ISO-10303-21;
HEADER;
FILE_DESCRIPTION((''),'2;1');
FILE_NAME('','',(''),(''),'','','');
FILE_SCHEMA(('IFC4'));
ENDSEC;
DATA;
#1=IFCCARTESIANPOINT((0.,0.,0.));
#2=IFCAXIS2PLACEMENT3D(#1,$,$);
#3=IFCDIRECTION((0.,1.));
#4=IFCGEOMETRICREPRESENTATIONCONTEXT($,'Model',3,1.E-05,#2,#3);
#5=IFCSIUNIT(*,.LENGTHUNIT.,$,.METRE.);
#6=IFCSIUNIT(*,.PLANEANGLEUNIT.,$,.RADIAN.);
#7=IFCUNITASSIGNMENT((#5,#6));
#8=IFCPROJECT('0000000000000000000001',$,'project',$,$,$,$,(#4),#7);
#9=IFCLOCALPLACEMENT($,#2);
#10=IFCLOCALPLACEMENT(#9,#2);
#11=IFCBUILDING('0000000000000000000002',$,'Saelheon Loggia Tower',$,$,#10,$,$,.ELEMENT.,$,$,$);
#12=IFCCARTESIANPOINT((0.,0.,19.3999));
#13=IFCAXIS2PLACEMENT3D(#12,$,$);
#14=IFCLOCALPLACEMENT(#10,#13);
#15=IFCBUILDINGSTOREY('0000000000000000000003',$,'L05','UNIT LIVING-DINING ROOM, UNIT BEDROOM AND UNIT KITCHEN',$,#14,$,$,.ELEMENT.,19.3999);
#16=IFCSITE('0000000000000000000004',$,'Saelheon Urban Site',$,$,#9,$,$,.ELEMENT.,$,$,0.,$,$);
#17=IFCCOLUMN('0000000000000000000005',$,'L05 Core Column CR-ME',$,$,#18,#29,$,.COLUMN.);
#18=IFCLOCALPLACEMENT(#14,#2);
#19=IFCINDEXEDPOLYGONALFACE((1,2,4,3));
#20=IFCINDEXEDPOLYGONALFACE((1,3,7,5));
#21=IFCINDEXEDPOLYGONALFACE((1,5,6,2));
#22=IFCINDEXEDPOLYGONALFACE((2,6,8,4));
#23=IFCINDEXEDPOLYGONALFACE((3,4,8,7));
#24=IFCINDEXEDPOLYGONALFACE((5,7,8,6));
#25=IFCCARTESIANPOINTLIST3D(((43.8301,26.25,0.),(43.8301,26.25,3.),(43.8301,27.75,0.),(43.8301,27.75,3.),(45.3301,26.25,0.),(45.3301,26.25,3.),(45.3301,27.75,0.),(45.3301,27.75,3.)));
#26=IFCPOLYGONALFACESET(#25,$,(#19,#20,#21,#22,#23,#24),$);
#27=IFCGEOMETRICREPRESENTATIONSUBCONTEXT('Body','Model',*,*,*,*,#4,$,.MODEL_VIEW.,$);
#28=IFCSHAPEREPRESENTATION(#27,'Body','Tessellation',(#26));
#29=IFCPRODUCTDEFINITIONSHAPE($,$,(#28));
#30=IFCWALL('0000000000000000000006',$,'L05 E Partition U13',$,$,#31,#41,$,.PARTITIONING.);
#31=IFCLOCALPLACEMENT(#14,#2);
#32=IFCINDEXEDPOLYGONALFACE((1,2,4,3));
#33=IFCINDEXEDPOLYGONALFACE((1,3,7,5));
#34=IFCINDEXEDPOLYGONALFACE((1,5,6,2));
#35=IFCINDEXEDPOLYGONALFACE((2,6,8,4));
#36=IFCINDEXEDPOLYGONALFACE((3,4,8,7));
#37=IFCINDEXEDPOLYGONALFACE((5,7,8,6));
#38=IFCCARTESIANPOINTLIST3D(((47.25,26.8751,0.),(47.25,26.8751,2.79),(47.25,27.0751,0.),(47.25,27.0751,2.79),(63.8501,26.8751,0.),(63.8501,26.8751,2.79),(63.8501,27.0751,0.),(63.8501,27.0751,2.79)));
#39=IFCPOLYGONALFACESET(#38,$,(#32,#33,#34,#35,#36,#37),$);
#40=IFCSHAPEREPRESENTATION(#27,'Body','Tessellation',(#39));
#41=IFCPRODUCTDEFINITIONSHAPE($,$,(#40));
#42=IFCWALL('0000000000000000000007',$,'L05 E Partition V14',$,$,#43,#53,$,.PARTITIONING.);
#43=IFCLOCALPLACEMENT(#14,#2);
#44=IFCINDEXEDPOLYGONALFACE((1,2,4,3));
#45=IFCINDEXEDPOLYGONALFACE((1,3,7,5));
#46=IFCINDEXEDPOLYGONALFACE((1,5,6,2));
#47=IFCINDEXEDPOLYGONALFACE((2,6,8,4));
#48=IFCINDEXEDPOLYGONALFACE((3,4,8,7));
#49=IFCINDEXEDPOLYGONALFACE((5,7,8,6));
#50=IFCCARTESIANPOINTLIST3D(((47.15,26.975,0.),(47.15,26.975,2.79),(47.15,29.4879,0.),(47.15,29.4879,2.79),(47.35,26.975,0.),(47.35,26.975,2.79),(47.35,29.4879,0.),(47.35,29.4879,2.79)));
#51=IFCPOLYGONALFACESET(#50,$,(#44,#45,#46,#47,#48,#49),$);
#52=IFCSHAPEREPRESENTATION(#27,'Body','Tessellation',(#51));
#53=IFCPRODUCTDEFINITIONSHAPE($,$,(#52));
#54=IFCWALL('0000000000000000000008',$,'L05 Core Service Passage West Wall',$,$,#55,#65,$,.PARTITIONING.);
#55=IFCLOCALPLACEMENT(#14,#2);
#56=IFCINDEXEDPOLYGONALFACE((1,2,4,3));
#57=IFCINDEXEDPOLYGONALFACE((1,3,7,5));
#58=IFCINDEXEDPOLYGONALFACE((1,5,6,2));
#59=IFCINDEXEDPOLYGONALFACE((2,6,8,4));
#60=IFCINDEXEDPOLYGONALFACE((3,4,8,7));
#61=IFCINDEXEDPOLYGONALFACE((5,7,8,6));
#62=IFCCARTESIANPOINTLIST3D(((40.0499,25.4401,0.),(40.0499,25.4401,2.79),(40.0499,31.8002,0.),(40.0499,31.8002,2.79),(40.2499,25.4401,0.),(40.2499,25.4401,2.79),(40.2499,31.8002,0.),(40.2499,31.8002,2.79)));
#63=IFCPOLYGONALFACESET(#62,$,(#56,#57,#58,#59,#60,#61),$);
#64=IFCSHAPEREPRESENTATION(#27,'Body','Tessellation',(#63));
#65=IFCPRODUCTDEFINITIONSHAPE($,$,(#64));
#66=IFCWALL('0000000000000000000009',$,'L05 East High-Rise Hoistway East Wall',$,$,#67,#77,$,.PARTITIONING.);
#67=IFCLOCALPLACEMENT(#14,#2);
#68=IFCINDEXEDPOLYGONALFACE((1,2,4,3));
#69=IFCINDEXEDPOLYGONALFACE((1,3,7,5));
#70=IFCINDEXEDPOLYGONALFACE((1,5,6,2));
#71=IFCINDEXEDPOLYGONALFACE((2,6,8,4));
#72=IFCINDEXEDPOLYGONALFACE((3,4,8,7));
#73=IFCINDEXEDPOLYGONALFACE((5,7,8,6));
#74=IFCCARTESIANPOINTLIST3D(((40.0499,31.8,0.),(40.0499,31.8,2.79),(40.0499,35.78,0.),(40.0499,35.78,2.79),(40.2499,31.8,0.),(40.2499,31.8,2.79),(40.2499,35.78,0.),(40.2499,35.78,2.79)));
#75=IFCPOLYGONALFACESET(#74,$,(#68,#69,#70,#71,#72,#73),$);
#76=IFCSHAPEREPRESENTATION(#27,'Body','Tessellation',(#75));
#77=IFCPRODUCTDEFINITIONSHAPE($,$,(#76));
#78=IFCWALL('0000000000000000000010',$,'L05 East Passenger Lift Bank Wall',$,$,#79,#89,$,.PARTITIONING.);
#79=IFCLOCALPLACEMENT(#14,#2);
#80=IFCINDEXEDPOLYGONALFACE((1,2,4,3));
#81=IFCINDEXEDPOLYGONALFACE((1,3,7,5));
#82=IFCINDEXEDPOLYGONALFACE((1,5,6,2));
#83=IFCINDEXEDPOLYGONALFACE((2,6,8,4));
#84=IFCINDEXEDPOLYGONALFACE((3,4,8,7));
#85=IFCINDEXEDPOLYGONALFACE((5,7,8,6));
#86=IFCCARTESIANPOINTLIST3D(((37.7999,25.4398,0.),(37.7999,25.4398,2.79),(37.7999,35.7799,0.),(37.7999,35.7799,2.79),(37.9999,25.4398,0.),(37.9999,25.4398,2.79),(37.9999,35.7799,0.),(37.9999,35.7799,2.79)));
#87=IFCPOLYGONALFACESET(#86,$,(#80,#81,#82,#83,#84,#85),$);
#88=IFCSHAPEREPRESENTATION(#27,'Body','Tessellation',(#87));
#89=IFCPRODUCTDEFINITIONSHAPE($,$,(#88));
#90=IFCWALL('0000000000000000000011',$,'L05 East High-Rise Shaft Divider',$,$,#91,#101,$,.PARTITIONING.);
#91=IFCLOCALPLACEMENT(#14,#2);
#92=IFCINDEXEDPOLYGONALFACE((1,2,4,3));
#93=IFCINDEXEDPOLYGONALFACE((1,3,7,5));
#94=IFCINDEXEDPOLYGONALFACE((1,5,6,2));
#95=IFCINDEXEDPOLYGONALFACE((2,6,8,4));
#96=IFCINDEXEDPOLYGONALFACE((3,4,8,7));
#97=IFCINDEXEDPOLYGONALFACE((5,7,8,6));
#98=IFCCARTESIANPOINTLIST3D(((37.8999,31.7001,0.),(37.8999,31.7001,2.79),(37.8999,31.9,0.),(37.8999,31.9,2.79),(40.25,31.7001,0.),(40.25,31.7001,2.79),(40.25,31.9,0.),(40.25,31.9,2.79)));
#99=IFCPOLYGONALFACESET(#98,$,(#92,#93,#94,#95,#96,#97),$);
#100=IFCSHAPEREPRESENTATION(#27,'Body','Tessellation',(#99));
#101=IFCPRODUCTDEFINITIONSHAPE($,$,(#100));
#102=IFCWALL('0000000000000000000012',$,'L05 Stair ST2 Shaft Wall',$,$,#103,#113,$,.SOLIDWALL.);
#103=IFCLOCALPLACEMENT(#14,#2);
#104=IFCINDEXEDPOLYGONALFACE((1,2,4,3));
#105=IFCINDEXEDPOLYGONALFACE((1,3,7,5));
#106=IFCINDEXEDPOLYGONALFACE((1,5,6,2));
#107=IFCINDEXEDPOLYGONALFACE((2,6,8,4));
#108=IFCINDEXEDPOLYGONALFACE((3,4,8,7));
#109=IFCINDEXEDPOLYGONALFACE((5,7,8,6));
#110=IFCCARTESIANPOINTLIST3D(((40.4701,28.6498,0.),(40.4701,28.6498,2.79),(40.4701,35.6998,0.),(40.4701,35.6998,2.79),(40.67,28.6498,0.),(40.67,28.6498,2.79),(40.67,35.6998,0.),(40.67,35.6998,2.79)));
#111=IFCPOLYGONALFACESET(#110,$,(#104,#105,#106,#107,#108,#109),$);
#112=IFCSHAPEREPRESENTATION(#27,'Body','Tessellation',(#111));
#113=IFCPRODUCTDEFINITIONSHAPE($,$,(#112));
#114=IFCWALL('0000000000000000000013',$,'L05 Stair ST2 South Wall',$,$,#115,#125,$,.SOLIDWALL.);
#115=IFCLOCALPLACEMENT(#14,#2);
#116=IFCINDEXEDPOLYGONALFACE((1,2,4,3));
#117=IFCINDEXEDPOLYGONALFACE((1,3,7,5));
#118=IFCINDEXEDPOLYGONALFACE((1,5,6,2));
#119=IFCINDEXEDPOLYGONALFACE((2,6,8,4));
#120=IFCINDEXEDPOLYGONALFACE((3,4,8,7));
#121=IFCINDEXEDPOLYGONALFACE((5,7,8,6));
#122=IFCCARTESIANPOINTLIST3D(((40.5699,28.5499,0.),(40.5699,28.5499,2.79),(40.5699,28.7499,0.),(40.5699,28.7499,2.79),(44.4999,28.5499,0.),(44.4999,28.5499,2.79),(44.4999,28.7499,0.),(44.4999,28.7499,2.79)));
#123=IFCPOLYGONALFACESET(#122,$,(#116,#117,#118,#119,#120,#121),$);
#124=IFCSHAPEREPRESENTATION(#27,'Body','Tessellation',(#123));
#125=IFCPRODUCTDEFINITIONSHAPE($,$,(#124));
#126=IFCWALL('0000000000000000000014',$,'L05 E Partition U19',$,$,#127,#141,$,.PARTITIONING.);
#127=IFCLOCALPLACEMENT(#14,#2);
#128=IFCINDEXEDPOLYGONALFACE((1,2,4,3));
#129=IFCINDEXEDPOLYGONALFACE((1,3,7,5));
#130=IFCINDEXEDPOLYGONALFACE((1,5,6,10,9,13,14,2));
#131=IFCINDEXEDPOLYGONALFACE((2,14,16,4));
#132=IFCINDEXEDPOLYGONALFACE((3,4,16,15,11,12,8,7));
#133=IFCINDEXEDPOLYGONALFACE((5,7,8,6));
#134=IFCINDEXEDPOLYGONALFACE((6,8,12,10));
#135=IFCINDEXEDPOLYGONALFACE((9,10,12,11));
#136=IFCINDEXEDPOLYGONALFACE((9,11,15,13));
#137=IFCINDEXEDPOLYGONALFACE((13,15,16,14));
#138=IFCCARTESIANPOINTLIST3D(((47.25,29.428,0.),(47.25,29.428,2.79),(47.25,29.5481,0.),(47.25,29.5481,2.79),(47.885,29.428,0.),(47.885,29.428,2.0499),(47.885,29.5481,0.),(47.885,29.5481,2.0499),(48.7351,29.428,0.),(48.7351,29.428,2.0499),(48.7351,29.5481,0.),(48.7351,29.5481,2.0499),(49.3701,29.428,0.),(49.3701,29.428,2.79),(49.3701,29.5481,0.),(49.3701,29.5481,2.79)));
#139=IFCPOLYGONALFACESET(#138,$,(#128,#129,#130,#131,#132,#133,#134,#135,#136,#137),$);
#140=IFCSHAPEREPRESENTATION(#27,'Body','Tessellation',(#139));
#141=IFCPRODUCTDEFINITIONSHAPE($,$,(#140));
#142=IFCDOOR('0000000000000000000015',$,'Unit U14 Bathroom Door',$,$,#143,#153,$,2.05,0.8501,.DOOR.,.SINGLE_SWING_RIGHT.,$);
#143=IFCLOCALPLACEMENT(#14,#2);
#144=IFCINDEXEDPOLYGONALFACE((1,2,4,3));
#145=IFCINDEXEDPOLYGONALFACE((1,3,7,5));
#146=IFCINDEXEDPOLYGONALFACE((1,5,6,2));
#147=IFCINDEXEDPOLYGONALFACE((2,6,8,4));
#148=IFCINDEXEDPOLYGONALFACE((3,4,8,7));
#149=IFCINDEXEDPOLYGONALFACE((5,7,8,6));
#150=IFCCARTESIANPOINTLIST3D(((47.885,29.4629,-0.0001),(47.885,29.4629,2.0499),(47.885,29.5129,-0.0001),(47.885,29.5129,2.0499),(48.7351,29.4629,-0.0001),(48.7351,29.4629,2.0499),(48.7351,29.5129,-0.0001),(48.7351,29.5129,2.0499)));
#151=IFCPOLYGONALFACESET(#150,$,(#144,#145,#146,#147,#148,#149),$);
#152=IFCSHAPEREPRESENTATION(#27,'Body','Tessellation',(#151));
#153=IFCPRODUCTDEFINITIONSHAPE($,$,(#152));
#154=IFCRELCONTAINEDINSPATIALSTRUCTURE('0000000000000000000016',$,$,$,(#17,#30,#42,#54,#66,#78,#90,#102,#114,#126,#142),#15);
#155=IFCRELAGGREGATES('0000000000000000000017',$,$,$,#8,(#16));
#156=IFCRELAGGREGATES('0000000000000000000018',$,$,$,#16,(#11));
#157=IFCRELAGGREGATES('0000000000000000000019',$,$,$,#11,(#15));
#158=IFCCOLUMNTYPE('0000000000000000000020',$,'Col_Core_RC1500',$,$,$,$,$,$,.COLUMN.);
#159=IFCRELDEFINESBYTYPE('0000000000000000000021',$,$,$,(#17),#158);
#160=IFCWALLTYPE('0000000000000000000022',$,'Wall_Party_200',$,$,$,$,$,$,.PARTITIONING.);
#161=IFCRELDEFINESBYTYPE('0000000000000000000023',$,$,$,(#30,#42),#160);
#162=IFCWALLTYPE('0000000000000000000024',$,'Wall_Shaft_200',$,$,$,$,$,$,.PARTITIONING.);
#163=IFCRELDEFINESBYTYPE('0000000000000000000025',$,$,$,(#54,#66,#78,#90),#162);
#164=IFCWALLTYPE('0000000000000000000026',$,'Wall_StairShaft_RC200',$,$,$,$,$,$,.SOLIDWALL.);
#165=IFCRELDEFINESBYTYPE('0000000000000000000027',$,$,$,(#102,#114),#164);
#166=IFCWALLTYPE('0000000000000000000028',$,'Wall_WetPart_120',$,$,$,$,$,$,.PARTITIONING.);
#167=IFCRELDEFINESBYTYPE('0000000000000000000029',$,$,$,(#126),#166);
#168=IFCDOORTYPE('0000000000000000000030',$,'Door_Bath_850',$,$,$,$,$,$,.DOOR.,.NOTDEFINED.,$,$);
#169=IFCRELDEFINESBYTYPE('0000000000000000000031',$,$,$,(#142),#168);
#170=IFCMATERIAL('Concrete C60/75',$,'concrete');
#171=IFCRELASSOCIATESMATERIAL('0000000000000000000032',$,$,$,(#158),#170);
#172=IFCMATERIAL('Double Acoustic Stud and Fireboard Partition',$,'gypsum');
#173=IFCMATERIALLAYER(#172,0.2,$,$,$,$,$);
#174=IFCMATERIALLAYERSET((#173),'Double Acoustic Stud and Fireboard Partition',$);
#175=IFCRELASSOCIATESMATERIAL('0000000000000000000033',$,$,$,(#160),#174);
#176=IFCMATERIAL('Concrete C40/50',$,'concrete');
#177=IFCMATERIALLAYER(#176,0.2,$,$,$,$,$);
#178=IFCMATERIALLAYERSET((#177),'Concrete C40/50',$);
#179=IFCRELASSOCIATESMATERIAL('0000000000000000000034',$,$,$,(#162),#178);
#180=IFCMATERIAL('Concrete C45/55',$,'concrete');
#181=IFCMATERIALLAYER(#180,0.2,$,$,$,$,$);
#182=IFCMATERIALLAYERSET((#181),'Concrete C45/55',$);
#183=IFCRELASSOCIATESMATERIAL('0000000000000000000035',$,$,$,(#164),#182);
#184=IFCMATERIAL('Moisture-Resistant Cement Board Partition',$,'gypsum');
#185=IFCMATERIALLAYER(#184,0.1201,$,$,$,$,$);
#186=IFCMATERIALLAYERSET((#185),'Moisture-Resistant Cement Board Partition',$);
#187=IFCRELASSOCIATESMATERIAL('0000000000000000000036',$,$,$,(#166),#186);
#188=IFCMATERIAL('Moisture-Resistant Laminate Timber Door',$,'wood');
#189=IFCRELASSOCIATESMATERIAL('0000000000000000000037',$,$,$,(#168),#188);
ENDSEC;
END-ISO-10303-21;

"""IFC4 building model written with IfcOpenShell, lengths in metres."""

from ifc_helpers import new_model, si_unit, direction, frame, frame_2d, origin, origin_2d, place, context, subcontext, project, spatial, rectangle, extrude, source, transform, mapped, material, layer, layer_set, material_profile, profile_set, type_object, element, fill, save


model = new_model("IFC4")

# Units and contexts
model_context = context("Model", 3, precision=1e-05, world=origin(), true_north=direction((0.0, 1.0)))
body_context = subcontext(model_context, "Body", "Model", "MODEL_VIEW")
ifc_project = project(units=[si_unit("LENGTHUNIT", "METRE"), si_unit("PLANEANGLEUNIT", "RADIAN")], contexts=[model_context])

# Site, building, storey
site_placement = place(None, origin())
site = spatial("IfcSite", under=ifc_project, at=site_placement, Name="Saelheon Urban Site", CompositionType="ELEMENT", RefElevation=0.0)
building_placement = place(site_placement, origin())
building = spatial("IfcBuilding", under=site, at=building_placement, Name="Saelheon Loggia Tower", CompositionType="ELEMENT")
storey_placement = place(building_placement, frame((0.0, 0.0, 19.3999)))
storey = spatial("IfcBuildingStorey", under=building, at=storey_placement, Name="L05", Description="UNIT LIVING-DINING ROOM, UNIT BEDROOM AND UNIT KITCHEN", CompositionType="ELEMENT", Elevation=19.3999)

# Column
ifc_material_1 = material(Name="Concrete C60/75", Category="concrete")
ifc_material_profile = material_profile(ifc_material_1, rectangle(XDim=1.5, YDim=1.5, at=origin_2d()), Name="RC-1500x1500")
ifc_profile_set = profile_set([ifc_material_profile], Name="Concrete C60/75")
column_type = type_object("IfcColumnType", Name="Col_Core_RC1500", PredefinedType="COLUMN", material=ifc_profile_set)
shared_shape_1 = source(origin(), body_context, "Body", "SweptSolid", [
    extrude(rectangle(XDim=1.5, YDim=1.5, at=origin_2d()), origin(), (0.0, 0.0, 1.0), 3.0),
])
column_placement = place(storey_placement, frame((44.5801, 27.0, 0.0), z_axis=(0.0, 0.0, 1.0), x_axis=(1.0, 0.0, 0.0)))
element("IfcColumn", 1, at=column_placement, inside=storey, type_object=column_type, Name="L05 Core Column CR-ME", PredefinedType="COLUMN", context=body_context, shape_type="MappedRepresentation", body=[
    mapped(shared_shape_1, transform((0.0, 0.0, 0.0), scale=1.0)),
])

# Walls
ifc_material_2 = material(Name="Double Acoustic Stud and Fireboard Partition", Category="gypsum")
ifc_layer_1 = layer(ifc_material_2, 0.2)
ifc_layer_set_1 = layer_set([ifc_layer_1], Name="Double Acoustic Stud and Fireboard Partition")
wall_type_1 = type_object("IfcWallType", Name="Wall_Party_200", PredefinedType="PARTITIONING", material=ifc_layer_set_1)
wall_1_placement = place(storey_placement, frame((47.25, 26.9751, 0.0), z_axis=(0.0, 0.0, 1.0), x_axis=(1.0, 0.0, 0.0)))
element("IfcWall", 2, at=wall_1_placement, inside=storey, type_object=wall_type_1, Name="L05 E Partition U13", PredefinedType="PARTITIONING", context=body_context, shape_type="SweptSolid", body=[
    extrude(rectangle(XDim=16.6001, YDim=0.2, at=frame_2d((8.3, 0.0))), origin(), (0.0, 0.0, 1.0), 2.79),
])
wall_2_placement = place(storey_placement, frame((47.25, 26.9751, 0.0), z_axis=(0.0, 0.0, 1.0), x_axis=(0.0, 1.0, 0.0)))
element("IfcWall", 3, at=wall_2_placement, inside=storey, type_object=wall_type_1, Name="L05 E Partition V14", PredefinedType="PARTITIONING", context=body_context, shape_type="SweptSolid", body=[
    extrude(rectangle(XDim=2.5129, YDim=0.2, at=frame_2d((1.2563, 0.0))), origin(), (0.0, 0.0, 1.0), 2.79),
])

# Walls
ifc_material_3 = material(Name="Concrete C40/50", Category="concrete")
ifc_layer_2 = layer(ifc_material_3, 0.2)
ifc_layer_set_2 = layer_set([ifc_layer_2], Name="Concrete C40/50")
wall_type_2 = type_object("IfcWallType", Name="Wall_Shaft_200", PredefinedType="PARTITIONING", material=ifc_layer_set_2)
wall_3_placement = place(storey_placement, frame((40.1499, 25.4399, 0.0), z_axis=(0.0, 0.0, 1.0), x_axis=(0.0, 1.0, 0.0)))
element("IfcWall", 4, at=wall_3_placement, inside=storey, type_object=wall_type_2, Name="L05 Core Service Passage West Wall", PredefinedType="PARTITIONING", context=body_context, shape_type="SweptSolid", body=[
    extrude(rectangle(XDim=6.3601, YDim=0.2, at=frame_2d((3.1802, 0.0))), origin(), (0.0, 0.0, 1.0), 2.79),
])
wall_4_placement = place(storey_placement, frame((40.1499, 31.8, 0.0), z_axis=(0.0, 0.0, 1.0), x_axis=(0.0, 1.0, 0.0)))
element("IfcWall", 5, at=wall_4_placement, inside=storey, type_object=wall_type_2, Name="L05 East High-Rise Hoistway East Wall", PredefinedType="PARTITIONING", context=body_context, shape_type="SweptSolid", body=[
    extrude(rectangle(XDim=3.98, YDim=0.2, at=frame_2d((1.99, 0.0))), origin(), (0.0, 0.0, 1.0), 2.79),
])

# Walls
wall_5_placement = place(storey_placement, frame((37.8999, 25.4399, 0.0), z_axis=(0.0, 0.0, 1.0), x_axis=(0.0, 1.0, 0.0)))
element("IfcWall", 6, at=wall_5_placement, inside=storey, type_object=wall_type_2, Name="L05 East Passenger Lift Bank Wall", PredefinedType="PARTITIONING", context=body_context, shape_type="SweptSolid", body=[
    extrude(rectangle(XDim=10.3401, YDim=0.2, at=frame_2d((5.1699, 0.0))), origin(), (0.0, 0.0, 1.0), 2.79),
])
wall_6_placement = place(storey_placement, frame((37.8999, 31.8, 0.0), z_axis=(0.0, 0.0, 1.0), x_axis=(1.0, 0.0, 0.0)))
element("IfcWall", 7, at=wall_6_placement, inside=storey, type_object=wall_type_2, Name="L05 East High-Rise Shaft Divider", PredefinedType="PARTITIONING", context=body_context, shape_type="SweptSolid", body=[
    extrude(rectangle(XDim=2.3501, YDim=0.2, at=frame_2d((1.175, 0.0))), origin(), (0.0, 0.0, 1.0), 2.79),
])
ifc_material_4 = material(Name="Concrete C45/55", Category="concrete")
ifc_layer_3 = layer(ifc_material_4, 0.2)
ifc_layer_set_3 = layer_set([ifc_layer_3], Name="Concrete C45/55")
wall_type_3 = type_object("IfcWallType", Name="Wall_StairShaft_RC200", PredefinedType="SOLIDWALL", material=ifc_layer_set_3)
wall_7_placement = place(storey_placement, frame((40.5701, 28.6499, 0.0), z_axis=(0.0, 0.0, 1.0), x_axis=(0.0, 1.0, 0.0)))
element("IfcWall", 8, at=wall_7_placement, inside=storey, type_object=wall_type_3, Name="L05 Stair ST2 Shaft Wall", PredefinedType="SOLIDWALL", context=body_context, shape_type="SweptSolid", body=[
    extrude(rectangle(XDim=7.05, YDim=0.2, at=frame_2d((3.5249, 0.0))), origin(), (0.0, 0.0, 1.0), 2.79),
])
wall_8_placement = place(storey_placement, frame((40.5701, 28.6499, 0.0), z_axis=(0.0, 0.0, 1.0), x_axis=(1.0, 0.0, 0.0)))
element("IfcWall", 9, at=wall_8_placement, inside=storey, type_object=wall_type_3, Name="L05 Stair ST2 South Wall", PredefinedType="SOLIDWALL", context=body_context, shape_type="SweptSolid", body=[
    extrude(rectangle(XDim=3.9299, YDim=0.2, at=frame_2d((1.9648, 0.0))), origin(), (0.0, 0.0, 1.0), 2.79),
])

# Wall, opening, door
ifc_material_5 = material(Name="Moisture-Resistant Cement Board Partition", Category="gypsum")
ifc_layer_4 = layer(ifc_material_5, 0.1201)
ifc_layer_set_4 = layer_set([ifc_layer_4], Name="Moisture-Resistant Cement Board Partition")
wall_type_4 = type_object("IfcWallType", Name="Wall_WetPart_120", PredefinedType="PARTITIONING", material=ifc_layer_set_4)
wall_9_placement = place(storey_placement, frame((47.25, 29.488, 0.0), z_axis=(0.0, 0.0, 1.0), x_axis=(1.0, 0.0, 0.0)))
wall_9 = element("IfcWall", 10, at=wall_9_placement, inside=storey, type_object=wall_type_4, Name="L05 E Partition U19", PredefinedType="PARTITIONING", context=body_context, shape_type="SweptSolid", body=[
    extrude(rectangle(XDim=2.1201, YDim=0.1201, at=frame_2d((1.0601, 0.0))), origin(), (0.0, 0.0, 1.0), 2.79),
])
opening_1_placement = place(wall_9_placement, frame((0.635, 0.0, 0.0)))
opening_1 = element("IfcOpeningElement", 11, at=opening_1_placement, cuts=wall_9, PredefinedType="OPENING", context=body_context, shape_type="SweptSolid", body=[
    extrude(rectangle(XDim=0.8501, YDim=2.05, at=frame_2d((0.425, 1.0249))), frame((0.0, 0.072, 0.0), z_axis=(0.0, -1.0, 0.0), x_axis=(1.0, 0.0, 0.0)), (0.0, 0.0, 1.0), 0.144),
])
ifc_material_6 = material(Name="Moisture-Resistant Laminate Timber Door", Category="wood")
door_type_1 = type_object("IfcDoorType", Name="Door_Bath_850", OperationType="NOTDEFINED", PredefinedType="DOOR", material=ifc_material_6)
shared_shape_2 = source(origin(), body_context, "Body", "SweptSolid", [
    extrude(rectangle(XDim=0.8501, YDim=2.05, at=frame_2d((0.425, 1.0249))), frame((0.0, 0.0249, 0.0), z_axis=(0.0, -1.0, 0.0), x_axis=(1.0, 0.0, 0.0)), (0.0, 0.0, 1.0), 0.05),
])
door_1_placement = place(opening_1_placement, origin())
door_1 = element("IfcDoor", 12, at=door_1_placement, inside=storey, type_object=door_type_1, Name="Unit U14 Bathroom Door", OperationType="SINGLE_SWING_RIGHT", OverallHeight=2.05, OverallWidth=0.8501, PredefinedType="DOOR", context=body_context, shape_type="MappedRepresentation", body=[
    mapped(shared_shape_2, transform((0.0, 0.0, 0.0), scale=1.0)),
])
fill(opening_1, door_1)

save(model, "model.ifc")
